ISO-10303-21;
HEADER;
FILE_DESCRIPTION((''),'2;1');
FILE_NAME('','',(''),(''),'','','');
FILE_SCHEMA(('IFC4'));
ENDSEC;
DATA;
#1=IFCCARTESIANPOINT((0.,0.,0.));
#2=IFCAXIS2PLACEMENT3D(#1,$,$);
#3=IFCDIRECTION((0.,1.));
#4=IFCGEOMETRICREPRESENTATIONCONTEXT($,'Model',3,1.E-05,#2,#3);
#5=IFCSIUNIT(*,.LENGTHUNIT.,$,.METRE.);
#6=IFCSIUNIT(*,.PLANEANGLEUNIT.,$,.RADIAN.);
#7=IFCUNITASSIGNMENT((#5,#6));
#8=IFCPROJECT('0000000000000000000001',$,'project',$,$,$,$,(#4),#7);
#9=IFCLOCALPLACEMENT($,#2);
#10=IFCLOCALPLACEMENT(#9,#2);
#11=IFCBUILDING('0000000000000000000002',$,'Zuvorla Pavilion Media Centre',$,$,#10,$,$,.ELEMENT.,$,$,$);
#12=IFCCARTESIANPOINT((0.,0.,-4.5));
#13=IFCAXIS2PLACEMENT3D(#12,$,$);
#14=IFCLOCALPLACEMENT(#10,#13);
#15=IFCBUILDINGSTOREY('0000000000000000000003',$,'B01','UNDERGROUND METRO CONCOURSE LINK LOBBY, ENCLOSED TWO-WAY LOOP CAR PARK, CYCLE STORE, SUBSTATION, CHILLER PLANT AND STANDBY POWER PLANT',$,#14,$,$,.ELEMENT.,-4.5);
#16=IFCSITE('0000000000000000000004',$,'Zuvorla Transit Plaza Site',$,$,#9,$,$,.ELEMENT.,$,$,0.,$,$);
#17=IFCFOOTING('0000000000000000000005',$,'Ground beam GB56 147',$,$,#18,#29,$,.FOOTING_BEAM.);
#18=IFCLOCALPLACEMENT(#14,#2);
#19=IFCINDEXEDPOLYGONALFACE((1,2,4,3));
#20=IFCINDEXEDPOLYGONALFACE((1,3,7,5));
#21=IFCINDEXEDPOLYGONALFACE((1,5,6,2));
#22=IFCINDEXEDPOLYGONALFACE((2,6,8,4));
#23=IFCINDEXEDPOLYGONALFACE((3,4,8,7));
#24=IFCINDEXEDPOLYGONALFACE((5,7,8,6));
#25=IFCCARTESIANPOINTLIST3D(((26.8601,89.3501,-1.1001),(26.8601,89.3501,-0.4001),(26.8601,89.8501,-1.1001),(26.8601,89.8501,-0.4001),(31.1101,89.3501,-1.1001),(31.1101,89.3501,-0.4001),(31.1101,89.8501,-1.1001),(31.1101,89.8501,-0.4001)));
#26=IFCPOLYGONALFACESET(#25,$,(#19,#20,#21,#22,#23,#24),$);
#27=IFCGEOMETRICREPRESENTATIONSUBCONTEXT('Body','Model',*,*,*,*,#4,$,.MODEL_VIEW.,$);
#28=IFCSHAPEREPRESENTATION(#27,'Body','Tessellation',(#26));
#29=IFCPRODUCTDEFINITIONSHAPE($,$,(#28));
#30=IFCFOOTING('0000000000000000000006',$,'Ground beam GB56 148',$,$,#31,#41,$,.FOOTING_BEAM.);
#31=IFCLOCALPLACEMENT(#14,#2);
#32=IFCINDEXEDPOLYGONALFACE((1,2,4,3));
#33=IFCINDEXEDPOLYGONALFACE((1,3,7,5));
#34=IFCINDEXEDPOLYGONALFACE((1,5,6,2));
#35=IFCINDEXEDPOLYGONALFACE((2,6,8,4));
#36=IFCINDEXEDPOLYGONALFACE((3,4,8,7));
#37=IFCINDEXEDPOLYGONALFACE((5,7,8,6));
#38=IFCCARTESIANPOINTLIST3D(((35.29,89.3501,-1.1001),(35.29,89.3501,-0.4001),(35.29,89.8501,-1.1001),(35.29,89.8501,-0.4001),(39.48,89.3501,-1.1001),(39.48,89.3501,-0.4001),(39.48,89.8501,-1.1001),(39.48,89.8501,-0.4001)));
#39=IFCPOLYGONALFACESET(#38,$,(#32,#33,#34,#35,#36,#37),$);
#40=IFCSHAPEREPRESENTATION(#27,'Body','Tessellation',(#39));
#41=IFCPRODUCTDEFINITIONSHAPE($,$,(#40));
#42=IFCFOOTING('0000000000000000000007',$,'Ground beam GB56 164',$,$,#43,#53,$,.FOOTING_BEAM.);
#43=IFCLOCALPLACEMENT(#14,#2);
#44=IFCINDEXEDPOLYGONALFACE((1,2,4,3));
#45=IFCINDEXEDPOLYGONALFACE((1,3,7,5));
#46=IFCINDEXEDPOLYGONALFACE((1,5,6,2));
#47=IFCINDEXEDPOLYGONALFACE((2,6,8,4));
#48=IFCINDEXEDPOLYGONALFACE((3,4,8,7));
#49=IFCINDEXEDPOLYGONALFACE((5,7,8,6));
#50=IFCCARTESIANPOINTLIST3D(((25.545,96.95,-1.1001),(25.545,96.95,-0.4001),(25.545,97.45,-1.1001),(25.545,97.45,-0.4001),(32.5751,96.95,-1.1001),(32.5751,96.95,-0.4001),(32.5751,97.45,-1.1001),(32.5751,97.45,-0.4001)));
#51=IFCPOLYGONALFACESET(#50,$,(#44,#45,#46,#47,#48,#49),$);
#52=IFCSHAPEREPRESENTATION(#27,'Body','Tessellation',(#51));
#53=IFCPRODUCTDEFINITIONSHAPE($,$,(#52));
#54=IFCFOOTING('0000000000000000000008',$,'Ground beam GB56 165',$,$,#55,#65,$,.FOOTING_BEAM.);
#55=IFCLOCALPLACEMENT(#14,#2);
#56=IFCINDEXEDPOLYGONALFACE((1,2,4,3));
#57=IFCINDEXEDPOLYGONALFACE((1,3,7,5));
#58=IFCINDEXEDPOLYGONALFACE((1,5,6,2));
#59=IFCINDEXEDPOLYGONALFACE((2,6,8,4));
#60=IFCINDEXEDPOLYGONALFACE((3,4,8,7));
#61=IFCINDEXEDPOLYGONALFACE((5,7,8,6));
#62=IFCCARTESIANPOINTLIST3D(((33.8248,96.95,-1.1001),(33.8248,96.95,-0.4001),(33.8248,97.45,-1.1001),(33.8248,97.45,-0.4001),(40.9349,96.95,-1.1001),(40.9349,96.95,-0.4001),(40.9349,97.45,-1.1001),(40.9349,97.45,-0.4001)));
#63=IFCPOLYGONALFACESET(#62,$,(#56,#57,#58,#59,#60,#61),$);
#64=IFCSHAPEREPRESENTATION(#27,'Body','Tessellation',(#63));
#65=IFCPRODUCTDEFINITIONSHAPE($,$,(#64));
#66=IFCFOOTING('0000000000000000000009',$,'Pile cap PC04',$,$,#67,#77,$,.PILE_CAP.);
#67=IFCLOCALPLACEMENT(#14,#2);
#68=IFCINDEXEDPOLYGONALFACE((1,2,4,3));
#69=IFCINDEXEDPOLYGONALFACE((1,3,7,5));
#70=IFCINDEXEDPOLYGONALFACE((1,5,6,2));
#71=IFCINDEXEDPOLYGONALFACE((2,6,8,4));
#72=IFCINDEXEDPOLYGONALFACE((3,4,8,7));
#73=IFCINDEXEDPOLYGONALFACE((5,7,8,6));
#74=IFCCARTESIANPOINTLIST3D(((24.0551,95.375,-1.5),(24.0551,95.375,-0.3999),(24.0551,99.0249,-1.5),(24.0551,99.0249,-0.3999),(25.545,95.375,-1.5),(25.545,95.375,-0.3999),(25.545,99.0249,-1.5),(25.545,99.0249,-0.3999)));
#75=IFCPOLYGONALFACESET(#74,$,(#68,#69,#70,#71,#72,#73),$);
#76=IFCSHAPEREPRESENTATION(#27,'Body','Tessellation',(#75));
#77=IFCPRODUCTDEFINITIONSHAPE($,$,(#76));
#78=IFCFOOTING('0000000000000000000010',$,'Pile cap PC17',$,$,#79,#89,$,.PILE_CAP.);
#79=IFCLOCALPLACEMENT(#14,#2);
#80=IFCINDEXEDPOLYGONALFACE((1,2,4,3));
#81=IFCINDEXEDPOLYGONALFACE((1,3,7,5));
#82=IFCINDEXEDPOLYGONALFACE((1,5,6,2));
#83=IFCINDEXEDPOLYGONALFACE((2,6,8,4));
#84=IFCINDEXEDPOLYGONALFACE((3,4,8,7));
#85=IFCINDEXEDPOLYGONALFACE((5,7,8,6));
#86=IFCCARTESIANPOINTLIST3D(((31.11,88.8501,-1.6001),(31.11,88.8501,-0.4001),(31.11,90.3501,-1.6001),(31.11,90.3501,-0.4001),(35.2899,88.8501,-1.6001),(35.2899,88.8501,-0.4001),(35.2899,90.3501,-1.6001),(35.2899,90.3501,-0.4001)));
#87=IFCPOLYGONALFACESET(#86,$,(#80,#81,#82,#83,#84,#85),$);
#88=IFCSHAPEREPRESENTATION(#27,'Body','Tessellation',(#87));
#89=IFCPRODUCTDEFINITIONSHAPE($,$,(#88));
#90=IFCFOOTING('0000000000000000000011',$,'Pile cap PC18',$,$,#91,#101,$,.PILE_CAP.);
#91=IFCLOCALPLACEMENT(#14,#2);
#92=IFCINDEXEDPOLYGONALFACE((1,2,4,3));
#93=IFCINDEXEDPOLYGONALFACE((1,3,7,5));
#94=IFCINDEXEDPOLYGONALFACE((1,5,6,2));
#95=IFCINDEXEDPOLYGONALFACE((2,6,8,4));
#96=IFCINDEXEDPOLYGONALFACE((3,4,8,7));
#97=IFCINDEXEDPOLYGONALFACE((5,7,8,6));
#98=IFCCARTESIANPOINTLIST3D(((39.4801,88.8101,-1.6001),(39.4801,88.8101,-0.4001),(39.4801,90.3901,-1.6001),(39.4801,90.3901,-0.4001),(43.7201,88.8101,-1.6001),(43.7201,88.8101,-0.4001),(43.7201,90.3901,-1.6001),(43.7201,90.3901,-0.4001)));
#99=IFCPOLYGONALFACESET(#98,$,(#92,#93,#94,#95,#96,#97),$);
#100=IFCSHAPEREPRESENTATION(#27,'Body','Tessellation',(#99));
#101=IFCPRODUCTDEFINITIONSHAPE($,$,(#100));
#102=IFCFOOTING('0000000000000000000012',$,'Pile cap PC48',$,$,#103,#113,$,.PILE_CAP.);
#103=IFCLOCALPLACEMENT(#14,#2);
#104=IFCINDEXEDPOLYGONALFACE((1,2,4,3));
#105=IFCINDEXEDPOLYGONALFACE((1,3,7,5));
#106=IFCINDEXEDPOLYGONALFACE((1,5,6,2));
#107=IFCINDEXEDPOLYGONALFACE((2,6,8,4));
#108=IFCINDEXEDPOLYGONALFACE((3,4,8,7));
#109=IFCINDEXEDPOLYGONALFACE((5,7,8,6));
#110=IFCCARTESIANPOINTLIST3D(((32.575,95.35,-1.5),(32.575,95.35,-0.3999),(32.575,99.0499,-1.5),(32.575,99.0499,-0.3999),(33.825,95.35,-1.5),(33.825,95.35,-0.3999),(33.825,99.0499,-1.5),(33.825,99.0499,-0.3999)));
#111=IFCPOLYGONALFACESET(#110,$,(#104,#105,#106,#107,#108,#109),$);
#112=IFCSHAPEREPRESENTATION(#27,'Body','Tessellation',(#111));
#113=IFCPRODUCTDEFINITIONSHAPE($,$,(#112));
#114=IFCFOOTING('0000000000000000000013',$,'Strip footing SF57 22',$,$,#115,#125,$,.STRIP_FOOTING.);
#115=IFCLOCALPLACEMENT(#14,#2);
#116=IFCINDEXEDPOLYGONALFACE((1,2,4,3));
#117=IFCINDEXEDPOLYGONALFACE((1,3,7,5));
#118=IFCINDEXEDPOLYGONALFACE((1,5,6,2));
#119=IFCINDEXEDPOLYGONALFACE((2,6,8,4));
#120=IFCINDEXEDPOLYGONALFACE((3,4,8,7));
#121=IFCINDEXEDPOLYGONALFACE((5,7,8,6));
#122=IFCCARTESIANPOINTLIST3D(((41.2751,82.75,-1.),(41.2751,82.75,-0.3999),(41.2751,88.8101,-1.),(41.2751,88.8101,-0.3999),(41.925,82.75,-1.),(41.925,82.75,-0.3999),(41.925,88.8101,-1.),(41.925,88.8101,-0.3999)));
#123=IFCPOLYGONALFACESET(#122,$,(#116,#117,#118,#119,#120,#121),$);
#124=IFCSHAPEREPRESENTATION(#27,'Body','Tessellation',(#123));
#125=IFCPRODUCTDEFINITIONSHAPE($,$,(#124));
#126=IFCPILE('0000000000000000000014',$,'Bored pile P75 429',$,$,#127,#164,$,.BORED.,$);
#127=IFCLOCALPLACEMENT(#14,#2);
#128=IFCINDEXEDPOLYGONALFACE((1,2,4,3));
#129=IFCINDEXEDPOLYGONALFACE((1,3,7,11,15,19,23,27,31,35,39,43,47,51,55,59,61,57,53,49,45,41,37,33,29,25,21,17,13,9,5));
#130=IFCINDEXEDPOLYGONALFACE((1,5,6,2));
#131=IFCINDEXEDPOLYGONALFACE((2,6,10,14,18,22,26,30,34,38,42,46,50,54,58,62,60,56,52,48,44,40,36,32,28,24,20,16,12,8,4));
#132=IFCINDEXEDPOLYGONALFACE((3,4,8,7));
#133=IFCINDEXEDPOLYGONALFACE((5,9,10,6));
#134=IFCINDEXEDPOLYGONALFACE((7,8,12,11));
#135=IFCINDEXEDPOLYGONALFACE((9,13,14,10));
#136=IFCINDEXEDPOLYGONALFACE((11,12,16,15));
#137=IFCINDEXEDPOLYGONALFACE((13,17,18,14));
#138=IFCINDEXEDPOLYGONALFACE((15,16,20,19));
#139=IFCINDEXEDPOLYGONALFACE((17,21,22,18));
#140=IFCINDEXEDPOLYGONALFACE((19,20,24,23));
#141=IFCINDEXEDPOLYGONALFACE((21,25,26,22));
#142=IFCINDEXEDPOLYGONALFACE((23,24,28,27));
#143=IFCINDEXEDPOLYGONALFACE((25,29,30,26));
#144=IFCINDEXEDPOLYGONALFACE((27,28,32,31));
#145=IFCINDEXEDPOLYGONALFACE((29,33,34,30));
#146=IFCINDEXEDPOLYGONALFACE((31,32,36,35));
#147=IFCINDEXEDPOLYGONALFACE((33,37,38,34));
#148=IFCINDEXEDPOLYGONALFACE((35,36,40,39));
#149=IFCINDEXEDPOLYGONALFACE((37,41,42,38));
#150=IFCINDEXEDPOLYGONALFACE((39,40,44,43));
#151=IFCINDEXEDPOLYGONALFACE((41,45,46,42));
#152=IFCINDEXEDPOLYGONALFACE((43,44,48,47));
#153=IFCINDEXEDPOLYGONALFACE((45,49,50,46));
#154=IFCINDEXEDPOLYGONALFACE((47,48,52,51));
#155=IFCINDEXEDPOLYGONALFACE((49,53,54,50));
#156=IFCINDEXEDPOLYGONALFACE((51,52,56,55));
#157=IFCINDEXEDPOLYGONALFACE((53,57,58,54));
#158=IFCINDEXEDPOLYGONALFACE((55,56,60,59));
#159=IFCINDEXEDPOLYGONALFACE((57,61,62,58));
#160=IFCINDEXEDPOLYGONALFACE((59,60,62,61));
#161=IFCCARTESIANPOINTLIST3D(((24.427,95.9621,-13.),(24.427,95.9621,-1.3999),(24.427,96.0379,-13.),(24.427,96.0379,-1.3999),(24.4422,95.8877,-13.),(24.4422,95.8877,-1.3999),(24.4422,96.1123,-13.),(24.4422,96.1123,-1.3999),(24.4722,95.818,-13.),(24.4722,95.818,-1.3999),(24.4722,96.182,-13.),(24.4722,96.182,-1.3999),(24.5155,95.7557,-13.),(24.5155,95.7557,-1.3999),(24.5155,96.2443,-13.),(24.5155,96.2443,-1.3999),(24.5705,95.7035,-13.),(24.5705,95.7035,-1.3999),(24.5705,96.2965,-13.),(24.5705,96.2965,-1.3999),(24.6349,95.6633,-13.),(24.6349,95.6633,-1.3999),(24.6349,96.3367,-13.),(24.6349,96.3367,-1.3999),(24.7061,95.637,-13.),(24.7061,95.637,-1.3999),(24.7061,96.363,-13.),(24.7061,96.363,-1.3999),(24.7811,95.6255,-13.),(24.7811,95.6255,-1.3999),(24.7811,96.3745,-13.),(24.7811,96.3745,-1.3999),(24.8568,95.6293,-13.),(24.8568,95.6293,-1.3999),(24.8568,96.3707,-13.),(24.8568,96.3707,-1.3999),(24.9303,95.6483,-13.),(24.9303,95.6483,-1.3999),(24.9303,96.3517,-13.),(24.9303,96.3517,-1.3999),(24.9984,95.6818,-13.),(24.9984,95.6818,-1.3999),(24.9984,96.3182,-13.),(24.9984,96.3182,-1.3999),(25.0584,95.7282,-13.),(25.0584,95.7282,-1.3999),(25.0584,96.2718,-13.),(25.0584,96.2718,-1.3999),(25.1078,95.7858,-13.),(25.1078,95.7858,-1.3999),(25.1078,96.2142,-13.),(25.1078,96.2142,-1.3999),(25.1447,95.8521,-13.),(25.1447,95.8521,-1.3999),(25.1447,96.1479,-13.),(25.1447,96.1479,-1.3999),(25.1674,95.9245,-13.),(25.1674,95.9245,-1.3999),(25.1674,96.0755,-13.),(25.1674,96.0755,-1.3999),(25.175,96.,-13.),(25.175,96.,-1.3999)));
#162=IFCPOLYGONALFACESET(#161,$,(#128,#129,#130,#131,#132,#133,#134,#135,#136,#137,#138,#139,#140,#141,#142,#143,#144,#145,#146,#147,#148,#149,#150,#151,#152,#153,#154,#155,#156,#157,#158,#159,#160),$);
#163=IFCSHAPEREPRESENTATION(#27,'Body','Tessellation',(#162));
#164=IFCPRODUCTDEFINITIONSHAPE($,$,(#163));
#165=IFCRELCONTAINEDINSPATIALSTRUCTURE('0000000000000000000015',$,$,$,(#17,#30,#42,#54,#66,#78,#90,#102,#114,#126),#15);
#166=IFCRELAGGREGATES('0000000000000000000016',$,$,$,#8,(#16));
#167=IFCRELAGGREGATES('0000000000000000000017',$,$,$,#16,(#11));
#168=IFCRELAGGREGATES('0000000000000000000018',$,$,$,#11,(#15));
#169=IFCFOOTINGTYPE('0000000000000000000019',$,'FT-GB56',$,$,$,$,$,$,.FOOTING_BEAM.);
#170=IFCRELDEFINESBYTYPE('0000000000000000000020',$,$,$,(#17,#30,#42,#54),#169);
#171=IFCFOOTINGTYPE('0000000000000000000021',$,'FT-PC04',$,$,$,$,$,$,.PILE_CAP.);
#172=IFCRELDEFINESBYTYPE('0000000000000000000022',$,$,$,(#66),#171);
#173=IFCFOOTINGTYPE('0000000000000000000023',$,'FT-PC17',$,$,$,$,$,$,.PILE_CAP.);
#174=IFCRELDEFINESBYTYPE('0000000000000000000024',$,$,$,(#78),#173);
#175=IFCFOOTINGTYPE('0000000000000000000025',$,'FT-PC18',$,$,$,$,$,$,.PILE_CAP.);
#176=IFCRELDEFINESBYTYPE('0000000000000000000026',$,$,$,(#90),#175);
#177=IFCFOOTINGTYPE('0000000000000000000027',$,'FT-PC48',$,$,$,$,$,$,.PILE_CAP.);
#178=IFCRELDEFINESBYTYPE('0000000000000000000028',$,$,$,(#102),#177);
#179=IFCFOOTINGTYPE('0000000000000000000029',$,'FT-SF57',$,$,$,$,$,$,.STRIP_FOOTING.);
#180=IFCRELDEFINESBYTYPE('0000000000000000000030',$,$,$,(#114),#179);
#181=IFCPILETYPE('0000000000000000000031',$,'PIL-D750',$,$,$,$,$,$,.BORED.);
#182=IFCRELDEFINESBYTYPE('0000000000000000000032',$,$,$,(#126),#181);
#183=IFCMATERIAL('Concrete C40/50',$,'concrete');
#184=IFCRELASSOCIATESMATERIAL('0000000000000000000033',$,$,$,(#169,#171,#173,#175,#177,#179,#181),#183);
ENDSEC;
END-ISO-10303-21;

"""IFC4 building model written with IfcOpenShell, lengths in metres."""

from ifc_helpers import new_model, si_unit, direction, frame, origin, origin_2d, place, context, subcontext, project, spatial, rectangle, circle, extrude, material, material_profile, profile_set, type_object, element, save


model = new_model("IFC4")

# Units and contexts
model_context = context("Model", 3, precision=1e-05, world=origin(), true_north=direction((0.0, 1.0)))
body_context = subcontext(model_context, "Body", "Model", "MODEL_VIEW")
ifc_project = project(units=[si_unit("LENGTHUNIT", "METRE"), si_unit("PLANEANGLEUNIT", "RADIAN")], contexts=[model_context])

# Site, building, storey
site_placement = place(None, origin())
site = spatial("IfcSite", under=ifc_project, at=site_placement, Name="Zuvorla Transit Plaza Site", CompositionType="ELEMENT", RefElevation=0.0)
building_placement = place(site_placement, origin())
building = spatial("IfcBuilding", under=site, at=building_placement, Name="Zuvorla Pavilion Media Centre", CompositionType="ELEMENT")
storey_placement = place(building_placement, frame((0.0, 0.0, -4.5)))
storey = spatial("IfcBuildingStorey", under=building, at=storey_placement, Name="B01", Description="UNDERGROUND METRO CONCOURSE LINK LOBBY, ENCLOSED TWO-WAY LOOP CAR PARK, CYCLE STORE, SUBSTATION, CHILLER PLANT AND STANDBY POWER PLANT", CompositionType="ELEMENT", Elevation=-4.5)

# Footings
ifc_material = material(Name="Concrete C40/50", Category="concrete")
footing_type_1 = type_object("IfcFootingType", Name="FT-GB56", PredefinedType="FOOTING_BEAM", material=ifc_material)
footing_1_placement = place(storey_placement, frame((28.9851, 89.6001, -1.1001), z_axis=(0.0, 0.0, 1.0), x_axis=(1.0, 0.0, 0.0)))
element("IfcFooting", 1, at=footing_1_placement, inside=storey, type_object=footing_type_1, Name="Ground beam GB56 147", PredefinedType="FOOTING_BEAM", context=body_context, shape_type="SweptSolid", body=[
    extrude(rectangle(XDim=4.25, YDim=0.5, at=origin_2d()), origin(), (0.0, 0.0, 1.0), 0.7),
])
footing_2_placement = place(storey_placement, frame((37.385, 89.6001, -1.1001), z_axis=(0.0, 0.0, 1.0), x_axis=(1.0, 0.0, 0.0)))
element("IfcFooting", 2, at=footing_2_placement, inside=storey, type_object=footing_type_1, Name="Ground beam GB56 148", PredefinedType="FOOTING_BEAM", context=body_context, shape_type="SweptSolid", body=[
    extrude(rectangle(XDim=4.1899, YDim=0.5, at=origin_2d()), origin(), (0.0, 0.0, 1.0), 0.7),
])
footing_3_placement = place(storey_placement, frame((29.0601, 97.2, -1.1001), z_axis=(0.0, 0.0, 1.0), x_axis=(1.0, 0.0, 0.0)))
element("IfcFooting", 3, at=footing_3_placement, inside=storey, type_object=footing_type_1, Name="Ground beam GB56 164", PredefinedType="FOOTING_BEAM", context=body_context, shape_type="SweptSolid", body=[
    extrude(rectangle(XDim=7.03, YDim=0.5, at=origin_2d()), origin(), (0.0, 0.0, 1.0), 0.7),
])
footing_4_placement = place(storey_placement, frame((37.3799, 97.2, -1.1001), z_axis=(0.0, 0.0, 1.0), x_axis=(1.0, 0.0, 0.0)))
element("IfcFooting", 4, at=footing_4_placement, inside=storey, type_object=footing_type_1, Name="Ground beam GB56 165", PredefinedType="FOOTING_BEAM", context=body_context, shape_type="SweptSolid", body=[
    extrude(rectangle(XDim=7.1101, YDim=0.5, at=origin_2d()), origin(), (0.0, 0.0, 1.0), 0.7),
])
footing_type_2 = type_object("IfcFootingType", Name="FT-PC04", PredefinedType="PILE_CAP", material=ifc_material)
footing_5_placement = place(storey_placement, frame((24.8, 97.2, -1.5), z_axis=(0.0, 0.0, 1.0), x_axis=(1.0, 0.0, 0.0)))
element("IfcFooting", 5, at=footing_5_placement, inside=storey, type_object=footing_type_2, Name="Pile cap PC04", PredefinedType="PILE_CAP", context=body_context, shape_type="SweptSolid", body=[
    extrude(rectangle(XDim=1.49, YDim=3.6499, at=origin_2d()), origin(), (0.0, 0.0, 1.0), 1.1001),
])
footing_type_3 = type_object("IfcFootingType", Name="FT-PC17", PredefinedType="PILE_CAP", material=ifc_material)
footing_6_placement = place(storey_placement, frame((33.2, 89.6001, -1.6001), z_axis=(0.0, 0.0, 1.0), x_axis=(1.0, 0.0, 0.0)))
element("IfcFooting", 6, at=footing_6_placement, inside=storey, type_object=footing_type_3, Name="Pile cap PC17", PredefinedType="PILE_CAP", context=body_context, shape_type="SweptSolid", body=[
    extrude(rectangle(XDim=4.1799, YDim=1.5, at=origin_2d()), origin(), (0.0, 0.0, 1.0), 1.2),
])
footing_type_4 = type_object("IfcFootingType", Name="FT-PC18", PredefinedType="PILE_CAP", material=ifc_material)
footing_7_placement = place(storey_placement, frame((41.6001, 89.6001, -1.6001), z_axis=(0.0, 0.0, 1.0), x_axis=(1.0, 0.0, 0.0)))
element("IfcFooting", 7, at=footing_7_placement, inside=storey, type_object=footing_type_4, Name="Pile cap PC18", PredefinedType="PILE_CAP", context=body_context, shape_type="SweptSolid", body=[
    extrude(rectangle(XDim=4.24, YDim=1.5801, at=origin_2d()), origin(), (0.0, 0.0, 1.0), 1.2),
])
footing_type_5 = type_object("IfcFootingType", Name="FT-PC48", PredefinedType="PILE_CAP", material=ifc_material)
footing_8_placement = place(storey_placement, frame((33.2, 97.2, -1.5), z_axis=(0.0, 0.0, 1.0), x_axis=(1.0, 0.0, 0.0)))
element("IfcFooting", 8, at=footing_8_placement, inside=storey, type_object=footing_type_5, Name="Pile cap PC48", PredefinedType="PILE_CAP", context=body_context, shape_type="SweptSolid", body=[
    extrude(rectangle(XDim=1.25, YDim=3.7, at=origin_2d()), origin(), (0.0, 0.0, 1.0), 1.1001),
])
footing_type_6 = type_object("IfcFootingType", Name="FT-SF57", PredefinedType="STRIP_FOOTING", material=ifc_material)
footing_9_placement = place(storey_placement, frame((41.6001, 85.78, -1.0), z_axis=(0.0, 0.0, 1.0), x_axis=(0.0, 1.0, 0.0)))
element("IfcFooting", 9, at=footing_9_placement, inside=storey, type_object=footing_type_6, Name="Strip footing SF57 22", PredefinedType="STRIP_FOOTING", context=body_context, shape_type="SweptSolid", body=[
    extrude(rectangle(XDim=6.0601, YDim=0.6499, at=origin_2d()), origin(), (0.0, 0.0, 1.0), 0.6001),
])

# Pile
ifc_material_profile_1 = material_profile(ifc_material, circle(Radius=0.375, at=origin_2d()), Name="BORED PILE 750")
ifc_profile_set_1 = profile_set([ifc_material_profile_1], Name="Concrete C40/50")
pile_type_1 = type_object("IfcPileType", Name="PIL-D750", PredefinedType="BORED", material=ifc_profile_set_1)
for number, where, z_axis, x_axis, name in (
    (10, (24.8, 96.0, -1.3999), (0.0, 0.0, -1.0), (1.0, 0.0, 0.0), "Bored pile P75 429"),
):
    element("IfcPile", number, at=place(storey_placement, frame(where, z_axis=z_axis, x_axis=x_axis)), inside=storey, type_object=pile_type_1, Name=name, PredefinedType="BORED", context=body_context, shape_type="SweptSolid", body=[
        extrude(circle(Radius=0.375, at=origin_2d()), origin(), (0.0, 0.0, 1.0), 11.6001),
    ])

save(model, "model.ifc")
